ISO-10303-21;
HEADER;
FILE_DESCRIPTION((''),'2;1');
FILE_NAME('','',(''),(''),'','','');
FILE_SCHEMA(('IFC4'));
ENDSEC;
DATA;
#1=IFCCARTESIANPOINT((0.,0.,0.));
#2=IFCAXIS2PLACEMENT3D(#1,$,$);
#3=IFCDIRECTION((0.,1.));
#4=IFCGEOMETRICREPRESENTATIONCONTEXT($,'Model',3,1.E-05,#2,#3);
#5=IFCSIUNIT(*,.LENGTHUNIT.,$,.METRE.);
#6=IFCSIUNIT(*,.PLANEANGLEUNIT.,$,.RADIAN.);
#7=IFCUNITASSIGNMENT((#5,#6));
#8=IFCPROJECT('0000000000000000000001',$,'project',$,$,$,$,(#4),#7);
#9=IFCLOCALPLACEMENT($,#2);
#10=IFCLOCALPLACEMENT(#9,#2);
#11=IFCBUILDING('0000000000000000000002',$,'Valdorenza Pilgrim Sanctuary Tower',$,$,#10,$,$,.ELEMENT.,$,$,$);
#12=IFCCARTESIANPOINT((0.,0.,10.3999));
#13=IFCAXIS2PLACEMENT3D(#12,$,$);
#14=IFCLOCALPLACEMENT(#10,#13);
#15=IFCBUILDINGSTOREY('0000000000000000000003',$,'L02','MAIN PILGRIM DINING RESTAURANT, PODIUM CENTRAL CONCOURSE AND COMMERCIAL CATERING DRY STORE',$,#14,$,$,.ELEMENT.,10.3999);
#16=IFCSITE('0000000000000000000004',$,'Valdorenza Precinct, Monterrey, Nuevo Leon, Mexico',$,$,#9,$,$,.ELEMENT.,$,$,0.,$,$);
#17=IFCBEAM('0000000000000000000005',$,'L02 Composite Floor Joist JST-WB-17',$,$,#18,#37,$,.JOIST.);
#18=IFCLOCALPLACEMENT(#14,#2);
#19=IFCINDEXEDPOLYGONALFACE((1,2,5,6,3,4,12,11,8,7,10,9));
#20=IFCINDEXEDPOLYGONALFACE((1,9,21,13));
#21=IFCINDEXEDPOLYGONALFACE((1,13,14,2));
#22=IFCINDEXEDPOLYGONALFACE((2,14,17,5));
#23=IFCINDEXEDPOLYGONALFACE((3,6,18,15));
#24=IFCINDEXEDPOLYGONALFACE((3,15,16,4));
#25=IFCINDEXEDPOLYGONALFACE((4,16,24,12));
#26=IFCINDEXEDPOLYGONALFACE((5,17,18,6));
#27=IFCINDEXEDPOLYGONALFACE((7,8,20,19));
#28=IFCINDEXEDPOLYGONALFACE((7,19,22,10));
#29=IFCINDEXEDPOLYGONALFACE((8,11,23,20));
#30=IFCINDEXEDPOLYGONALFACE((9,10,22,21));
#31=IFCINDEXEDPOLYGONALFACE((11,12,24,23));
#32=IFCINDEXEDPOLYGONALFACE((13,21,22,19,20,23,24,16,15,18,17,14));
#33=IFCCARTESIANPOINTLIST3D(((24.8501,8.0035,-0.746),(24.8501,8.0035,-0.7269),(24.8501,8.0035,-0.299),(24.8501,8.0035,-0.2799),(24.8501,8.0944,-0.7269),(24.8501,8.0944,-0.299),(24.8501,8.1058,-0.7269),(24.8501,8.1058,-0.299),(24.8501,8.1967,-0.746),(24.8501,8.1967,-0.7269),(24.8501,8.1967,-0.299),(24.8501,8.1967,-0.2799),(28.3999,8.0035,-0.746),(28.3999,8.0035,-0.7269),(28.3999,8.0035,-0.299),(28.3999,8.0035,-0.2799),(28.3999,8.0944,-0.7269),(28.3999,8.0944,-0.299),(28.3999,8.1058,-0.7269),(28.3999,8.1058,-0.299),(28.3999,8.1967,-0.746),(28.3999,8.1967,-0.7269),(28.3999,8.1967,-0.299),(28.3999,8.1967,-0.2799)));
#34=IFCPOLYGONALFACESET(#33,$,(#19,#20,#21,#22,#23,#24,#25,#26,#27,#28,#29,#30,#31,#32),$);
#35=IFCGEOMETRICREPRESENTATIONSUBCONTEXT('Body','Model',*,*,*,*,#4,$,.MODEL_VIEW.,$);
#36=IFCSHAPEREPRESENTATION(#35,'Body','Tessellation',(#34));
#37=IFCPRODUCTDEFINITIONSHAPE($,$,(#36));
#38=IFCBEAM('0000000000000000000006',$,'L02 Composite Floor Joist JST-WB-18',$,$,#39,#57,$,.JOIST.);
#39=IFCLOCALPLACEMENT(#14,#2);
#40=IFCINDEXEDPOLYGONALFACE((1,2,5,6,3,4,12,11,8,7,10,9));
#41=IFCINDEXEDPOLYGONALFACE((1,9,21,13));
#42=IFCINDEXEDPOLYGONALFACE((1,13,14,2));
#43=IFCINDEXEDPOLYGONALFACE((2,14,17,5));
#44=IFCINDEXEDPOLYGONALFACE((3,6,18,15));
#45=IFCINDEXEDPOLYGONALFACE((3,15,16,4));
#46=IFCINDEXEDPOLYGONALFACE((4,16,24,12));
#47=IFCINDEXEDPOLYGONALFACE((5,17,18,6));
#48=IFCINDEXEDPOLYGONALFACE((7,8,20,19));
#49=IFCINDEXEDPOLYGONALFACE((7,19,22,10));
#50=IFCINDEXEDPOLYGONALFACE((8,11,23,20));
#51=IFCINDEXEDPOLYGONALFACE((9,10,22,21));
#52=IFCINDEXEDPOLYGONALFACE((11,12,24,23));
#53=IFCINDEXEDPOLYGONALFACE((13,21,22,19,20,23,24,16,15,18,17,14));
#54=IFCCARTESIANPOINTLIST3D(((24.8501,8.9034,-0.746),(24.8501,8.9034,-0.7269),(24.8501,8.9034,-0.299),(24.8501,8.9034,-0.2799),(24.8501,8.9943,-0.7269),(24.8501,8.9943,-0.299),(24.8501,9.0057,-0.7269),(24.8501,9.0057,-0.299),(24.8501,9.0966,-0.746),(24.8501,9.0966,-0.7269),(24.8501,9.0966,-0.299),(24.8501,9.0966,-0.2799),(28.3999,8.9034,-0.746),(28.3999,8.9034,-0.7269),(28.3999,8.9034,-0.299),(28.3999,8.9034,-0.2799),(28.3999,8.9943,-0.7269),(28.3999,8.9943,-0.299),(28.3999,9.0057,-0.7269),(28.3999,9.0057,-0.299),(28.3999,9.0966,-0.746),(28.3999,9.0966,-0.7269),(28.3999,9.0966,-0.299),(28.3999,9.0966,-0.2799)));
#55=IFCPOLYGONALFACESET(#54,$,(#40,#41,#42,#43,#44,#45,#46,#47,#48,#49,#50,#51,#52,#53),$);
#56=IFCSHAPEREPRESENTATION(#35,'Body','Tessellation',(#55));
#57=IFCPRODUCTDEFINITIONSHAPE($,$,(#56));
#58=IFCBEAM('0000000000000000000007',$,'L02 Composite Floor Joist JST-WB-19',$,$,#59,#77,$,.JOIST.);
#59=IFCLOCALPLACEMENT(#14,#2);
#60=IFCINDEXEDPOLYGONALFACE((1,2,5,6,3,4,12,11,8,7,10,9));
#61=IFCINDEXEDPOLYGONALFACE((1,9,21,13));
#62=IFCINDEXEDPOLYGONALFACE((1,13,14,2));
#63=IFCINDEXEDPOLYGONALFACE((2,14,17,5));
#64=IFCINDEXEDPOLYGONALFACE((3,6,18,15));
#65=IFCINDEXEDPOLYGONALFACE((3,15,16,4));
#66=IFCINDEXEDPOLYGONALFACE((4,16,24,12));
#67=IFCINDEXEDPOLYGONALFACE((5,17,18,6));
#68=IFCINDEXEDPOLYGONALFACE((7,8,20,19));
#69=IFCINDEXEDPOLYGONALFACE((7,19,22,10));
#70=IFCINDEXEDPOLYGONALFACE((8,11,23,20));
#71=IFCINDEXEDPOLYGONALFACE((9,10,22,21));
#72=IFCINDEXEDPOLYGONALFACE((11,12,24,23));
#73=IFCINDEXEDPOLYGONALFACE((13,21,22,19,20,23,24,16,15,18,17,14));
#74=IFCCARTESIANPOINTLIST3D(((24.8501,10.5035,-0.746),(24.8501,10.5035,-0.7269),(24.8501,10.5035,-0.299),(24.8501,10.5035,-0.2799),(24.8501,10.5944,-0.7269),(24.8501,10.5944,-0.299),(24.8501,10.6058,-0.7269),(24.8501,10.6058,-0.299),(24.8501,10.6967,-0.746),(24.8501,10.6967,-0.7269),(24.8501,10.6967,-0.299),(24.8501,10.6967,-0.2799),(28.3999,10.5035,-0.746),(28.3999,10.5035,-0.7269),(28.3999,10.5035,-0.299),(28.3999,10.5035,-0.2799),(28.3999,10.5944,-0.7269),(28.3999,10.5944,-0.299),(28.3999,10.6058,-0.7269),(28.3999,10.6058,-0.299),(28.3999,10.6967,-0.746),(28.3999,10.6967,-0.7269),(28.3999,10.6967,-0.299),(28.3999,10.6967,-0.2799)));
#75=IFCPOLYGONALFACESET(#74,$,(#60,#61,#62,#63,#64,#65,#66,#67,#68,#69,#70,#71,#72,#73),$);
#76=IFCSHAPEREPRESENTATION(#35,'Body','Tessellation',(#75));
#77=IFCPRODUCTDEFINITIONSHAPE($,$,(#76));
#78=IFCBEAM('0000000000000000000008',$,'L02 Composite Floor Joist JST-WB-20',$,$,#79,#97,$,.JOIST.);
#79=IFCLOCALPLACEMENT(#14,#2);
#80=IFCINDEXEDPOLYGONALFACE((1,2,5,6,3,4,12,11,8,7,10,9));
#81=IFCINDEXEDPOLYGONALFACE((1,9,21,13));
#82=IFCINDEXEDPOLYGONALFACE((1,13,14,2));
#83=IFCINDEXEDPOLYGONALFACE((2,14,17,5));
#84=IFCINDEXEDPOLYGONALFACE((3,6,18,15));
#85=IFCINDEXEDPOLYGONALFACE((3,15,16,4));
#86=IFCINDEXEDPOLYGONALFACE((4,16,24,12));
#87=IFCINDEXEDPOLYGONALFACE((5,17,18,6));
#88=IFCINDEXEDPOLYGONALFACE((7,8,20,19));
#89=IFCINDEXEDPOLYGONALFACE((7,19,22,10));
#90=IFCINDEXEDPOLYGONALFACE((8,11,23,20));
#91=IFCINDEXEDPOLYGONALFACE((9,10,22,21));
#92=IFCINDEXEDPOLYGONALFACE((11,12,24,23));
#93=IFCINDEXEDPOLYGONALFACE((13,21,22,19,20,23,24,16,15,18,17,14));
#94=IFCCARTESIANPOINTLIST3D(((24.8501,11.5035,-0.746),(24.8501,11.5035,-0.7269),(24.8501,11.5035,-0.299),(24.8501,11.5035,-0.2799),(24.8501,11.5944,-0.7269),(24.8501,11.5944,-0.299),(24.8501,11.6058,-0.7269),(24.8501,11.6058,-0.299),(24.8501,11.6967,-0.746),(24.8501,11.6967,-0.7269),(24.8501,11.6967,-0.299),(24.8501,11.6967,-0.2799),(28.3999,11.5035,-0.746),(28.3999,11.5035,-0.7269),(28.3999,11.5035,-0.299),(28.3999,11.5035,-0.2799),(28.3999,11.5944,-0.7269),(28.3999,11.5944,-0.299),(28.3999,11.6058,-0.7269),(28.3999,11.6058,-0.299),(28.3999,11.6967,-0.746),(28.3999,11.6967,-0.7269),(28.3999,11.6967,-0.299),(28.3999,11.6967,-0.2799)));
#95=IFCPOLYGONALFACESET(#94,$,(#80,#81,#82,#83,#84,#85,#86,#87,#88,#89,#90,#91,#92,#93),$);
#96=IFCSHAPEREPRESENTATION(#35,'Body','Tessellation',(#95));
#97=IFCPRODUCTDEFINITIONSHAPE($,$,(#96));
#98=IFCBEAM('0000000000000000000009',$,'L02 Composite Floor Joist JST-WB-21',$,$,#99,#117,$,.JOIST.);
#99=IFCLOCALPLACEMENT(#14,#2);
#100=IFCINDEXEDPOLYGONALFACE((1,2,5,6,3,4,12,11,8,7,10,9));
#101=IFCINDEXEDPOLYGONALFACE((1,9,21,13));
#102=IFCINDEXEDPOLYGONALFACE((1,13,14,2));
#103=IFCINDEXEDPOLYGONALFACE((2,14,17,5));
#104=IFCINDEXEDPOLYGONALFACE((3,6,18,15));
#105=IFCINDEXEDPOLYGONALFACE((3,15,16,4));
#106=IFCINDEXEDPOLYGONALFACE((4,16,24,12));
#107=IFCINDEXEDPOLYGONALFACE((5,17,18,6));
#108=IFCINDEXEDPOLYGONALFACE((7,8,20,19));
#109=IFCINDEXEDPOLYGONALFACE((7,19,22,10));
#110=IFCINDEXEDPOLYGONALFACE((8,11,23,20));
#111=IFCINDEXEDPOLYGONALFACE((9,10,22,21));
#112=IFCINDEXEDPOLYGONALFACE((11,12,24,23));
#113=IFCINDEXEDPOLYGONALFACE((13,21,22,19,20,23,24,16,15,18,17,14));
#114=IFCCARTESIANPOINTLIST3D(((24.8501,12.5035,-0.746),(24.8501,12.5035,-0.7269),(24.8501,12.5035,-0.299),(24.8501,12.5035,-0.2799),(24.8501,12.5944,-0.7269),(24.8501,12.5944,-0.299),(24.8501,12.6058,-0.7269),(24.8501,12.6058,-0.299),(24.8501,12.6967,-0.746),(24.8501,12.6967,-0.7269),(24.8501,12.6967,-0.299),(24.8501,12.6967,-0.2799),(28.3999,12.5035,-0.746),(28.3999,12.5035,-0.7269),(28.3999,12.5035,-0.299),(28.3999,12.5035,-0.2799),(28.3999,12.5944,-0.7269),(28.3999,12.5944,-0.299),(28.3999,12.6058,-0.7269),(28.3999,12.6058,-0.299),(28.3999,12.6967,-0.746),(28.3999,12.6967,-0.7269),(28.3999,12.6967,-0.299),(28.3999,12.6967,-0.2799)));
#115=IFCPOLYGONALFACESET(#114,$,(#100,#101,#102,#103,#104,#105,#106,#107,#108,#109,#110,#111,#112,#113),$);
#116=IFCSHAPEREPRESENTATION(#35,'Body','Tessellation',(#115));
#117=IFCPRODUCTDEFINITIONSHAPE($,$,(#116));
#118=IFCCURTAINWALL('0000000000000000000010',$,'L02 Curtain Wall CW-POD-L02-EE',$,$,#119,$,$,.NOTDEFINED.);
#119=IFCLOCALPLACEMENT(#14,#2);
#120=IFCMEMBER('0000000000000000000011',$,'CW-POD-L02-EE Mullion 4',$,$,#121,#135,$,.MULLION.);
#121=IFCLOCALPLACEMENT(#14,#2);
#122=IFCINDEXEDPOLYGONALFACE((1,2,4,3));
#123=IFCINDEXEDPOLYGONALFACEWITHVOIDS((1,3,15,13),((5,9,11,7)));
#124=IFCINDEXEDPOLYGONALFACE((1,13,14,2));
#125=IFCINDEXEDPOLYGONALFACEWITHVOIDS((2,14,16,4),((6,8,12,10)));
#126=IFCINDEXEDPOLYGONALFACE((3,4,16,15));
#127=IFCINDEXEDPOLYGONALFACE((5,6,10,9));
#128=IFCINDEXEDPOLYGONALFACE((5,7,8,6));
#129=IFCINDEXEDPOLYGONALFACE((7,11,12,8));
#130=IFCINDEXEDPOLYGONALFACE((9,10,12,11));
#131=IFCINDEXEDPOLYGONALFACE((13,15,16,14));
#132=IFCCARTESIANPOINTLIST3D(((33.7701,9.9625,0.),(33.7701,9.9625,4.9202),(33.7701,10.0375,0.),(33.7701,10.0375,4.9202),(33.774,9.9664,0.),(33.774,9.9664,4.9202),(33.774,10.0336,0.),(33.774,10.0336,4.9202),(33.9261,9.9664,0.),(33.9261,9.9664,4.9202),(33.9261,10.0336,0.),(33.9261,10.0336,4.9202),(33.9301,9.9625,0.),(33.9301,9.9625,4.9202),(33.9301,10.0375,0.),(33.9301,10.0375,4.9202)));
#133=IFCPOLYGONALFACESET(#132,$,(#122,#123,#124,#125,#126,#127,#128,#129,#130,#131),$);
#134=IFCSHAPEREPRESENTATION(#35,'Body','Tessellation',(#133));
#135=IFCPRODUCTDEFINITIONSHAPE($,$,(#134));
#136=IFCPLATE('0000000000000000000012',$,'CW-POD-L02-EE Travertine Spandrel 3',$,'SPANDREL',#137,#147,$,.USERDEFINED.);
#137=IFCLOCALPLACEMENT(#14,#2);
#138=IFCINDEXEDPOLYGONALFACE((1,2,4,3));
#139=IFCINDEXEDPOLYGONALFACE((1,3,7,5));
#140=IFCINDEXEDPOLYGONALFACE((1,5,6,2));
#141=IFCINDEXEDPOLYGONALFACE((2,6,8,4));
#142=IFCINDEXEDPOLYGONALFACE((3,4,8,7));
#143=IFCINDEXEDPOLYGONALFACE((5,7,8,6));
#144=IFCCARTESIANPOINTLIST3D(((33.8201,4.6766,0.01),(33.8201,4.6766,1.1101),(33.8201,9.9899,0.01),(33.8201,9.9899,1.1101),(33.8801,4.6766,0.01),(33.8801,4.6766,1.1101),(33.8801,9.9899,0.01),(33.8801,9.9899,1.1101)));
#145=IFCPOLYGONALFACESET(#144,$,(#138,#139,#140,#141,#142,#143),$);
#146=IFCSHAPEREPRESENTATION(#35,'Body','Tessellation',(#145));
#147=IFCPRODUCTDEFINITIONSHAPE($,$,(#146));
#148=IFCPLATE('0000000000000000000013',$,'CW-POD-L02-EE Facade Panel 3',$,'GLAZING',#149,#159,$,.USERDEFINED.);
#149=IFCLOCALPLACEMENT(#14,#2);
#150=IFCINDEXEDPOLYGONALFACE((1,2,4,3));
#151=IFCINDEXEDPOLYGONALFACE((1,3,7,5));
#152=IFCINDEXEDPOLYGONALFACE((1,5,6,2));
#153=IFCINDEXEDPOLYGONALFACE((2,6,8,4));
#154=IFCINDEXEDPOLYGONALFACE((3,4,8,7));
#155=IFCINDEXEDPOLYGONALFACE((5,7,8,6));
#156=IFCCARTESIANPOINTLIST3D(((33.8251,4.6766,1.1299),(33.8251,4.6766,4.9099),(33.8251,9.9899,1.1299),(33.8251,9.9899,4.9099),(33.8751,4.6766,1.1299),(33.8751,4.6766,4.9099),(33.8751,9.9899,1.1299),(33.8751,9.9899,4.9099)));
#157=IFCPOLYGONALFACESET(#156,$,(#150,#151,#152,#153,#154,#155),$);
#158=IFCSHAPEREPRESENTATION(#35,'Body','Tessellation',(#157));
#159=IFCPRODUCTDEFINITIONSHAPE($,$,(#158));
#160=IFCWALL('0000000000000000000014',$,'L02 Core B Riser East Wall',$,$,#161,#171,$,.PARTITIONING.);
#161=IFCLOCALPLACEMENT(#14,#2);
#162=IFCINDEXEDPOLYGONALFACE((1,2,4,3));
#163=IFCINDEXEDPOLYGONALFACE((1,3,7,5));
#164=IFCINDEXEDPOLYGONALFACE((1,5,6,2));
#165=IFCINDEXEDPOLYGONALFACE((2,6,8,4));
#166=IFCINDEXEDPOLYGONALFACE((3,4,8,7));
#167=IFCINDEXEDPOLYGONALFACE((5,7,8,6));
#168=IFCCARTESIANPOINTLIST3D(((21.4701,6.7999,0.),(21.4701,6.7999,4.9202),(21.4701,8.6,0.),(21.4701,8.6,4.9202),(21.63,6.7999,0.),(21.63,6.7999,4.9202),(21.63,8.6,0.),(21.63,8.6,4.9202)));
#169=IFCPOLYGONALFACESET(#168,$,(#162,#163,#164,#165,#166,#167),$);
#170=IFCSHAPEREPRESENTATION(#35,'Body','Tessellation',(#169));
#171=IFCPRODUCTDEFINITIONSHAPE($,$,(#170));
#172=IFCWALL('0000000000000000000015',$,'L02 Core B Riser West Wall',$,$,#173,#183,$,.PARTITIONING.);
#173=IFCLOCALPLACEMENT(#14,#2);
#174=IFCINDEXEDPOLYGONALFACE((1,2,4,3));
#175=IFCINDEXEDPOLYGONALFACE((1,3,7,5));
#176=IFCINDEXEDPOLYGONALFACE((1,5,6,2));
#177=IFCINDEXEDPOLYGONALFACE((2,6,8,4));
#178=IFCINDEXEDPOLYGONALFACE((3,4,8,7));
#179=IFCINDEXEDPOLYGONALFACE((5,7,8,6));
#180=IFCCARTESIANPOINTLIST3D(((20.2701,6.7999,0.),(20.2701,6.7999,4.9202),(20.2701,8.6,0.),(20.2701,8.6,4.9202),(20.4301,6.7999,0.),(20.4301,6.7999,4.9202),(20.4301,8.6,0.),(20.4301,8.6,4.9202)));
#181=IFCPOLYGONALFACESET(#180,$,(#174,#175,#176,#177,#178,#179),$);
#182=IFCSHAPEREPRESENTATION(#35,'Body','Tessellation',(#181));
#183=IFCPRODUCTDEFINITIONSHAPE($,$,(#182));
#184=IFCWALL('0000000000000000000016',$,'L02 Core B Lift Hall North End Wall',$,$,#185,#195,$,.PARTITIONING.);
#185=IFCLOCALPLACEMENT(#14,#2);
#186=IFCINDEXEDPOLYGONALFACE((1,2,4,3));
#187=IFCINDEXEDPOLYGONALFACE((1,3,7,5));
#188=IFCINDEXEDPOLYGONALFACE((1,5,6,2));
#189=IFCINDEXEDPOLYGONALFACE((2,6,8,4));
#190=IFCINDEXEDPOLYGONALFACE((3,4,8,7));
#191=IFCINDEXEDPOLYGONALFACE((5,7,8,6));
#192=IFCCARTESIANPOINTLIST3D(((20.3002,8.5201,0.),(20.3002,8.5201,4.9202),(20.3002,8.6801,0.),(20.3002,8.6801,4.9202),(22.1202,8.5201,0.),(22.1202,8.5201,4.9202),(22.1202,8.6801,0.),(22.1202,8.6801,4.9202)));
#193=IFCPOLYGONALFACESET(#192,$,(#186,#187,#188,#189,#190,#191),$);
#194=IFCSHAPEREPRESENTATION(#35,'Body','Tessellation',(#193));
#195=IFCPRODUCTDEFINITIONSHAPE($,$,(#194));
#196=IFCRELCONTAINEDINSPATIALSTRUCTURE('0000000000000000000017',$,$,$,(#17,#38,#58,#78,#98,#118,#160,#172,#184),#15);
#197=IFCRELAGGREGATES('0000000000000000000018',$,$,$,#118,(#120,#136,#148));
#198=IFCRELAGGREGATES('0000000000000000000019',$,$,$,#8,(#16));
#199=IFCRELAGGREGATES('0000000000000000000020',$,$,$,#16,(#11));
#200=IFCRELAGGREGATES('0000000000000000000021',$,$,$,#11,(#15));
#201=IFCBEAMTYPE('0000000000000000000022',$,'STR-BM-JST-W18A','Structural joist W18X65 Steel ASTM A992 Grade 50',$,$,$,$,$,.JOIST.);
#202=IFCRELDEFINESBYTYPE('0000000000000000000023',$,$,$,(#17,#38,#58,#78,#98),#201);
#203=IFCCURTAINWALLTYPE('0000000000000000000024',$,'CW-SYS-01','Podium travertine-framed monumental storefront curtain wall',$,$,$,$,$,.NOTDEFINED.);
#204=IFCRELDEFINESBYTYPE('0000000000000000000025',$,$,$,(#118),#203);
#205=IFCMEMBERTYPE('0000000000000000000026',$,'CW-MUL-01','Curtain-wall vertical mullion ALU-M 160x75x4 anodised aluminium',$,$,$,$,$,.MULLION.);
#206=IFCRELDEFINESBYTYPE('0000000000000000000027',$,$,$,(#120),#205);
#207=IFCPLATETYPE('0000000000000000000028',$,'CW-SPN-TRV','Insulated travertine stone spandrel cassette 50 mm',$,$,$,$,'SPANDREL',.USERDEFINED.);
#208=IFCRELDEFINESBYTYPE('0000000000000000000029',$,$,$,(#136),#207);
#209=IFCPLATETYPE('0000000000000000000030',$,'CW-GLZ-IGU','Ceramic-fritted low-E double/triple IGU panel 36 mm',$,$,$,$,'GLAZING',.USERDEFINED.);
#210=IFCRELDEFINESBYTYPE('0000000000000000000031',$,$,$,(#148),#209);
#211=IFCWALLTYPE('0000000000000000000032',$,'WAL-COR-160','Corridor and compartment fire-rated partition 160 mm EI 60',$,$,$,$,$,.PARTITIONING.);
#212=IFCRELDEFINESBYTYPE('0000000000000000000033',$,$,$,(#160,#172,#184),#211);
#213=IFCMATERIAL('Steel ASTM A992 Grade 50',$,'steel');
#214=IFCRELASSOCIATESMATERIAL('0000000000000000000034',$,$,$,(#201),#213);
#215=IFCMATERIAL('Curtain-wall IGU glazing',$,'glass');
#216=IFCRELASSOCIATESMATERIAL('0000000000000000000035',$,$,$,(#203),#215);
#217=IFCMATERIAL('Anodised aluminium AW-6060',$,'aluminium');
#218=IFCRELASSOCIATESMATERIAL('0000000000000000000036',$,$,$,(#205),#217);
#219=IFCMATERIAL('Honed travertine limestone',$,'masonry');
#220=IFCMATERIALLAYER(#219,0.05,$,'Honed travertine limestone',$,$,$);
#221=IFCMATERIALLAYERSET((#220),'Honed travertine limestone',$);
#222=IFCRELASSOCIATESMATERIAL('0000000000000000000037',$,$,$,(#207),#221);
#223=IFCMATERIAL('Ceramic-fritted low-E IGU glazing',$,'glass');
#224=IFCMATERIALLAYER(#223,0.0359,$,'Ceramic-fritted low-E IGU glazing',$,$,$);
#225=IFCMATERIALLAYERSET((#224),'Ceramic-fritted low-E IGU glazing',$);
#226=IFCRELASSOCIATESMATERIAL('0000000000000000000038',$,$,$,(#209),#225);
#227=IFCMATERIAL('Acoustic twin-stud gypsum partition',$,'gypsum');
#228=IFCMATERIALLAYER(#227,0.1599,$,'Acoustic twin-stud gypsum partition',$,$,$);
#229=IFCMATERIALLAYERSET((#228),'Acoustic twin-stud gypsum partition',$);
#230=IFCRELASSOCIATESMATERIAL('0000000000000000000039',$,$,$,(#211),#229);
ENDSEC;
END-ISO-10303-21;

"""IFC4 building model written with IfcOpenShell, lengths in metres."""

from ifc_helpers import new_model, si_unit, direction, frame, frame_2d, origin, origin_2d, place, context, subcontext, project, spatial, rectangle, hollow_rectangle, i_section, extrude, source, transform, mapped, material, layer, layer_set, material_profile, profile_set, type_object, element, aggregate, save


model = new_model("IFC4")

# Units and contexts
model_context = context("Model", 3, precision=1e-05, world=origin(), true_north=direction((0.0, 1.0)))
body_context = subcontext(model_context, "Body", "Model", "MODEL_VIEW")
ifc_project = project(units=[si_unit("LENGTHUNIT", "METRE"), si_unit("PLANEANGLEUNIT", "RADIAN")], contexts=[model_context])

# Site, building, storey
site_placement = place(None, origin())
site = spatial("IfcSite", under=ifc_project, at=site_placement, Name="Valdorenza Precinct, Monterrey, Nuevo Leon, Mexico", CompositionType="ELEMENT", RefElevation=0.0)
building_placement = place(site_placement, origin())
building = spatial("IfcBuilding", under=site, at=building_placement, Name="Valdorenza Pilgrim Sanctuary Tower", CompositionType="ELEMENT")
storey_placement = place(building_placement, frame((0.0, 0.0, 10.3999)))
storey = spatial("IfcBuildingStorey", under=building, at=storey_placement, Name="L02", Description="MAIN PILGRIM DINING RESTAURANT, PODIUM CENTRAL CONCOURSE AND COMMERCIAL CATERING DRY STORE", CompositionType="ELEMENT", Elevation=10.3999)

# Beams
ifc_material_1 = material(Name="Steel ASTM A992 Grade 50", Category="steel")
ifc_material_profile_1 = material_profile(ifc_material_1, i_section(OverallWidth=0.1931, OverallDepth=0.4661, WebThickness=0.0115, FlangeThickness=0.019, at=origin_2d()), Name="W18X65")
ifc_profile_set_1 = profile_set([ifc_material_profile_1], Name="Steel ASTM A992 Grade 50")
beam_type_1 = type_object("IfcBeamType", Name="STR-BM-JST-W18A", Description="Structural joist W18X65 Steel ASTM A992 Grade 50", PredefinedType="JOIST", material=ifc_profile_set_1)
shared_shape_1 = source(origin(), body_context, "Body", "SweptSolid", [
    extrude(i_section(OverallWidth=0.1931, OverallDepth=0.4661, WebThickness=0.0115, FlangeThickness=0.019, at=origin_2d()), origin(), (0.0, 0.0, 1.0), 3.5498),
])
for number, where, z_axis, x_axis, name in (
    (1, (24.8501, 8.1001, -0.5129), (1.0, 0.0, 0.0), (0.0, 1.0, 0.0), "L02 Composite Floor Joist JST-WB-17"),
    (2, (24.8501, 9.0, -0.5129), (1.0, 0.0, 0.0), (0.0, 1.0, 0.0), "L02 Composite Floor Joist JST-WB-18"),
    (3, (24.8501, 10.6001, -0.5129), (1.0, 0.0, 0.0), (0.0, 1.0, 0.0), "L02 Composite Floor Joist JST-WB-19"),
    (4, (24.8501, 11.6001, -0.5129), (1.0, 0.0, 0.0), (0.0, 1.0, 0.0), "L02 Composite Floor Joist JST-WB-20"),
    (5, (24.8501, 12.6001, -0.5129), (1.0, 0.0, 0.0), (0.0, 1.0, 0.0), "L02 Composite Floor Joist JST-WB-21"),
):
    element("IfcBeam", number, at=place(storey_placement, frame(where, z_axis=z_axis, x_axis=x_axis)), inside=storey, type_object=beam_type_1, Name=name, PredefinedType="JOIST", context=body_context, shape_type="MappedRepresentation", body=[
        mapped(shared_shape_1, transform((0.0, 0.0, 0.0), x_axis=(1.0, 0.0, 0.0), y_axis=(0.0, 1.0, 0.0), z_axis=(0.0, 0.0, 1.0), scale=1.0)),
    ])

# Curtain wall, member, plates
ifc_material_2 = material(Name="Curtain-wall IGU glazing", Category="glass")
curtain_wall_type = type_object("IfcCurtainWallType", Name="CW-SYS-01", Description="Podium travertine-framed monumental storefront curtain wall", PredefinedType="NOTDEFINED", material=ifc_material_2)
curtain_wall_placement = place(storey_placement, origin())
curtain_wall = element("IfcCurtainWall", 6, at=curtain_wall_placement, inside=storey, type_object=curtain_wall_type, Name="L02 Curtain Wall CW-POD-L02-EE", PredefinedType="NOTDEFINED")
ifc_material_3 = material(Name="Anodised aluminium AW-6060", Category="aluminium")
ifc_material_profile_2 = material_profile(ifc_material_3, hollow_rectangle(XDim=0.075, YDim=0.1599, WallThickness=0.0039, at=origin_2d()), Name="ALU-M 160x75x4")
ifc_profile_set_2 = profile_set([ifc_material_profile_2], Name="Anodised aluminium AW-6060")
member_type = type_object("IfcMemberType", Name="CW-MUL-01", Description="Curtain-wall vertical mullion ALU-M 160x75x4 anodised aluminium", PredefinedType="MULLION", material=ifc_profile_set_2)
shared_shape_2 = source(origin(), body_context, "Body", "SweptSolid", [
    extrude(hollow_rectangle(XDim=0.075, YDim=0.1599, WallThickness=0.0039, at=origin_2d()), origin(), (0.0, 0.0, 1.0), 4.9202),
])
member_placement = place(storey_placement, frame((33.8501, 10.0, 0.0), z_axis=(0.0, 0.0, 1.0), x_axis=(0.0, 1.0, 0.0)))
member = element("IfcMember", 7, at=member_placement, type_object=member_type, Name="CW-POD-L02-EE Mullion 4", PredefinedType="MULLION", context=body_context, shape_type="MappedRepresentation", body=[
    mapped(shared_shape_2, transform((0.0, 0.0, 0.0), x_axis=(1.0, 0.0, 0.0), y_axis=(0.0, 1.0, 0.0), z_axis=(0.0, 0.0, 1.0), scale=1.0)),
])
ifc_material_4 = material(Name="Honed travertine limestone", Category="masonry")
ifc_layer_1 = layer(ifc_material_4, 0.05, Name="Honed travertine limestone")
ifc_layer_set_1 = layer_set([ifc_layer_1], Name="Honed travertine limestone")
plate_type_1 = type_object("IfcPlateType", Name="CW-SPN-TRV", Description="Insulated travertine stone spandrel cassette 50 mm", ElementType="SPANDREL", PredefinedType="USERDEFINED", material=ifc_layer_set_1)
shared_shape_3 = source(origin(), body_context, "Body", "SweptSolid", [
    extrude(rectangle(XDim=5.3132, YDim=0.0601, at=origin_2d()), origin(), (0.0, 0.0, 1.0), 1.1001),
])
plate_1_placement = place(storey_placement, frame((33.8501, 7.3333, 0.01), z_axis=(0.0, 0.0, 1.0), x_axis=(0.0, 1.0, 0.0)))
plate_1 = element("IfcPlate", 8, at=plate_1_placement, type_object=plate_type_1, Name="CW-POD-L02-EE Travertine Spandrel 3", ObjectType="SPANDREL", PredefinedType="USERDEFINED", context=body_context, shape_type="MappedRepresentation", body=[
    mapped(shared_shape_3, transform((0.0, 0.0, 0.0), x_axis=(1.0, 0.0, 0.0), y_axis=(0.0, 1.0, 0.0), z_axis=(0.0, 0.0, 1.0), scale=1.0)),
])
ifc_material_5 = material(Name="Ceramic-fritted low-E IGU glazing", Category="glass")
ifc_layer_2 = layer(ifc_material_5, 0.0359, Name="Ceramic-fritted low-E IGU glazing")
ifc_layer_set_2 = layer_set([ifc_layer_2], Name="Ceramic-fritted low-E IGU glazing")
plate_type_2 = type_object("IfcPlateType", Name="CW-GLZ-IGU", Description="Ceramic-fritted low-E double/triple IGU panel 36 mm", ElementType="GLAZING", PredefinedType="USERDEFINED", material=ifc_layer_set_2)
shared_shape_4 = source(origin(), body_context, "Body", "SweptSolid", [
    extrude(rectangle(XDim=5.3132, YDim=0.05, at=origin_2d()), origin(), (0.0, 0.0, 1.0), 3.78),
])
plate_2_placement = place(storey_placement, frame((33.8501, 7.3333, 1.1299), z_axis=(0.0, 0.0, 1.0), x_axis=(0.0, 1.0, 0.0)))
plate_2 = element("IfcPlate", 9, at=plate_2_placement, type_object=plate_type_2, Name="CW-POD-L02-EE Facade Panel 3", ObjectType="GLAZING", PredefinedType="USERDEFINED", context=body_context, shape_type="MappedRepresentation", body=[
    mapped(shared_shape_4, transform((0.0, 0.0, 0.0), x_axis=(1.0, 0.0, 0.0), y_axis=(0.0, 1.0, 0.0), z_axis=(0.0, 0.0, 1.0), scale=1.0)),
])
aggregate(curtain_wall, [member, plate_1, plate_2])

# Walls
ifc_material_6 = material(Name="Acoustic twin-stud gypsum partition", Category="gypsum")
ifc_layer_3 = layer(ifc_material_6, 0.1599, Name="Acoustic twin-stud gypsum partition")
ifc_layer_set_3 = layer_set([ifc_layer_3], Name="Acoustic twin-stud gypsum partition")
wall_type_1 = type_object("IfcWallType", Name="WAL-COR-160", Description="Corridor and compartment fire-rated partition 160 mm EI 60", PredefinedType="PARTITIONING", material=ifc_layer_set_3)
for number, where, z_axis, x_axis, name in (
    (10, (21.55, 6.8, 0.0), (0.0, 0.0, 1.0), (0.0, 1.0, 0.0), "L02 Core B Riser East Wall"),
    (11, (20.3501, 6.8, 0.0), (0.0, 0.0, 1.0), (0.0, 1.0, 0.0), "L02 Core B Riser West Wall"),
):
    element("IfcWall", number, at=place(storey_placement, frame(where, z_axis=z_axis, x_axis=x_axis)), inside=storey, type_object=wall_type_1, Name=name, PredefinedType="PARTITIONING", context=body_context, shape_type="SweptSolid", body=[
        extrude(rectangle(XDim=1.8, YDim=0.1599, at=frame_2d((0.8999, 0.0))), origin(), (0.0, 0.0, 1.0), 4.9202),
    ])
wall_1_placement = place(storey_placement, frame((20.3, 8.6001, 0.0), z_axis=(0.0, 0.0, 1.0), x_axis=(1.0, 0.0, 0.0)))
element("IfcWall", 12, at=wall_1_placement, inside=storey, type_object=wall_type_1, Name="L02 Core B Lift Hall North End Wall", PredefinedType="PARTITIONING", context=body_context, shape_type="SweptSolid", body=[
    extrude(rectangle(XDim=1.8201, YDim=0.1599, at=frame_2d((0.9102, 0.0))), origin(), (0.0, 0.0, 1.0), 4.9202),
])

save(model, "model.ifc")
